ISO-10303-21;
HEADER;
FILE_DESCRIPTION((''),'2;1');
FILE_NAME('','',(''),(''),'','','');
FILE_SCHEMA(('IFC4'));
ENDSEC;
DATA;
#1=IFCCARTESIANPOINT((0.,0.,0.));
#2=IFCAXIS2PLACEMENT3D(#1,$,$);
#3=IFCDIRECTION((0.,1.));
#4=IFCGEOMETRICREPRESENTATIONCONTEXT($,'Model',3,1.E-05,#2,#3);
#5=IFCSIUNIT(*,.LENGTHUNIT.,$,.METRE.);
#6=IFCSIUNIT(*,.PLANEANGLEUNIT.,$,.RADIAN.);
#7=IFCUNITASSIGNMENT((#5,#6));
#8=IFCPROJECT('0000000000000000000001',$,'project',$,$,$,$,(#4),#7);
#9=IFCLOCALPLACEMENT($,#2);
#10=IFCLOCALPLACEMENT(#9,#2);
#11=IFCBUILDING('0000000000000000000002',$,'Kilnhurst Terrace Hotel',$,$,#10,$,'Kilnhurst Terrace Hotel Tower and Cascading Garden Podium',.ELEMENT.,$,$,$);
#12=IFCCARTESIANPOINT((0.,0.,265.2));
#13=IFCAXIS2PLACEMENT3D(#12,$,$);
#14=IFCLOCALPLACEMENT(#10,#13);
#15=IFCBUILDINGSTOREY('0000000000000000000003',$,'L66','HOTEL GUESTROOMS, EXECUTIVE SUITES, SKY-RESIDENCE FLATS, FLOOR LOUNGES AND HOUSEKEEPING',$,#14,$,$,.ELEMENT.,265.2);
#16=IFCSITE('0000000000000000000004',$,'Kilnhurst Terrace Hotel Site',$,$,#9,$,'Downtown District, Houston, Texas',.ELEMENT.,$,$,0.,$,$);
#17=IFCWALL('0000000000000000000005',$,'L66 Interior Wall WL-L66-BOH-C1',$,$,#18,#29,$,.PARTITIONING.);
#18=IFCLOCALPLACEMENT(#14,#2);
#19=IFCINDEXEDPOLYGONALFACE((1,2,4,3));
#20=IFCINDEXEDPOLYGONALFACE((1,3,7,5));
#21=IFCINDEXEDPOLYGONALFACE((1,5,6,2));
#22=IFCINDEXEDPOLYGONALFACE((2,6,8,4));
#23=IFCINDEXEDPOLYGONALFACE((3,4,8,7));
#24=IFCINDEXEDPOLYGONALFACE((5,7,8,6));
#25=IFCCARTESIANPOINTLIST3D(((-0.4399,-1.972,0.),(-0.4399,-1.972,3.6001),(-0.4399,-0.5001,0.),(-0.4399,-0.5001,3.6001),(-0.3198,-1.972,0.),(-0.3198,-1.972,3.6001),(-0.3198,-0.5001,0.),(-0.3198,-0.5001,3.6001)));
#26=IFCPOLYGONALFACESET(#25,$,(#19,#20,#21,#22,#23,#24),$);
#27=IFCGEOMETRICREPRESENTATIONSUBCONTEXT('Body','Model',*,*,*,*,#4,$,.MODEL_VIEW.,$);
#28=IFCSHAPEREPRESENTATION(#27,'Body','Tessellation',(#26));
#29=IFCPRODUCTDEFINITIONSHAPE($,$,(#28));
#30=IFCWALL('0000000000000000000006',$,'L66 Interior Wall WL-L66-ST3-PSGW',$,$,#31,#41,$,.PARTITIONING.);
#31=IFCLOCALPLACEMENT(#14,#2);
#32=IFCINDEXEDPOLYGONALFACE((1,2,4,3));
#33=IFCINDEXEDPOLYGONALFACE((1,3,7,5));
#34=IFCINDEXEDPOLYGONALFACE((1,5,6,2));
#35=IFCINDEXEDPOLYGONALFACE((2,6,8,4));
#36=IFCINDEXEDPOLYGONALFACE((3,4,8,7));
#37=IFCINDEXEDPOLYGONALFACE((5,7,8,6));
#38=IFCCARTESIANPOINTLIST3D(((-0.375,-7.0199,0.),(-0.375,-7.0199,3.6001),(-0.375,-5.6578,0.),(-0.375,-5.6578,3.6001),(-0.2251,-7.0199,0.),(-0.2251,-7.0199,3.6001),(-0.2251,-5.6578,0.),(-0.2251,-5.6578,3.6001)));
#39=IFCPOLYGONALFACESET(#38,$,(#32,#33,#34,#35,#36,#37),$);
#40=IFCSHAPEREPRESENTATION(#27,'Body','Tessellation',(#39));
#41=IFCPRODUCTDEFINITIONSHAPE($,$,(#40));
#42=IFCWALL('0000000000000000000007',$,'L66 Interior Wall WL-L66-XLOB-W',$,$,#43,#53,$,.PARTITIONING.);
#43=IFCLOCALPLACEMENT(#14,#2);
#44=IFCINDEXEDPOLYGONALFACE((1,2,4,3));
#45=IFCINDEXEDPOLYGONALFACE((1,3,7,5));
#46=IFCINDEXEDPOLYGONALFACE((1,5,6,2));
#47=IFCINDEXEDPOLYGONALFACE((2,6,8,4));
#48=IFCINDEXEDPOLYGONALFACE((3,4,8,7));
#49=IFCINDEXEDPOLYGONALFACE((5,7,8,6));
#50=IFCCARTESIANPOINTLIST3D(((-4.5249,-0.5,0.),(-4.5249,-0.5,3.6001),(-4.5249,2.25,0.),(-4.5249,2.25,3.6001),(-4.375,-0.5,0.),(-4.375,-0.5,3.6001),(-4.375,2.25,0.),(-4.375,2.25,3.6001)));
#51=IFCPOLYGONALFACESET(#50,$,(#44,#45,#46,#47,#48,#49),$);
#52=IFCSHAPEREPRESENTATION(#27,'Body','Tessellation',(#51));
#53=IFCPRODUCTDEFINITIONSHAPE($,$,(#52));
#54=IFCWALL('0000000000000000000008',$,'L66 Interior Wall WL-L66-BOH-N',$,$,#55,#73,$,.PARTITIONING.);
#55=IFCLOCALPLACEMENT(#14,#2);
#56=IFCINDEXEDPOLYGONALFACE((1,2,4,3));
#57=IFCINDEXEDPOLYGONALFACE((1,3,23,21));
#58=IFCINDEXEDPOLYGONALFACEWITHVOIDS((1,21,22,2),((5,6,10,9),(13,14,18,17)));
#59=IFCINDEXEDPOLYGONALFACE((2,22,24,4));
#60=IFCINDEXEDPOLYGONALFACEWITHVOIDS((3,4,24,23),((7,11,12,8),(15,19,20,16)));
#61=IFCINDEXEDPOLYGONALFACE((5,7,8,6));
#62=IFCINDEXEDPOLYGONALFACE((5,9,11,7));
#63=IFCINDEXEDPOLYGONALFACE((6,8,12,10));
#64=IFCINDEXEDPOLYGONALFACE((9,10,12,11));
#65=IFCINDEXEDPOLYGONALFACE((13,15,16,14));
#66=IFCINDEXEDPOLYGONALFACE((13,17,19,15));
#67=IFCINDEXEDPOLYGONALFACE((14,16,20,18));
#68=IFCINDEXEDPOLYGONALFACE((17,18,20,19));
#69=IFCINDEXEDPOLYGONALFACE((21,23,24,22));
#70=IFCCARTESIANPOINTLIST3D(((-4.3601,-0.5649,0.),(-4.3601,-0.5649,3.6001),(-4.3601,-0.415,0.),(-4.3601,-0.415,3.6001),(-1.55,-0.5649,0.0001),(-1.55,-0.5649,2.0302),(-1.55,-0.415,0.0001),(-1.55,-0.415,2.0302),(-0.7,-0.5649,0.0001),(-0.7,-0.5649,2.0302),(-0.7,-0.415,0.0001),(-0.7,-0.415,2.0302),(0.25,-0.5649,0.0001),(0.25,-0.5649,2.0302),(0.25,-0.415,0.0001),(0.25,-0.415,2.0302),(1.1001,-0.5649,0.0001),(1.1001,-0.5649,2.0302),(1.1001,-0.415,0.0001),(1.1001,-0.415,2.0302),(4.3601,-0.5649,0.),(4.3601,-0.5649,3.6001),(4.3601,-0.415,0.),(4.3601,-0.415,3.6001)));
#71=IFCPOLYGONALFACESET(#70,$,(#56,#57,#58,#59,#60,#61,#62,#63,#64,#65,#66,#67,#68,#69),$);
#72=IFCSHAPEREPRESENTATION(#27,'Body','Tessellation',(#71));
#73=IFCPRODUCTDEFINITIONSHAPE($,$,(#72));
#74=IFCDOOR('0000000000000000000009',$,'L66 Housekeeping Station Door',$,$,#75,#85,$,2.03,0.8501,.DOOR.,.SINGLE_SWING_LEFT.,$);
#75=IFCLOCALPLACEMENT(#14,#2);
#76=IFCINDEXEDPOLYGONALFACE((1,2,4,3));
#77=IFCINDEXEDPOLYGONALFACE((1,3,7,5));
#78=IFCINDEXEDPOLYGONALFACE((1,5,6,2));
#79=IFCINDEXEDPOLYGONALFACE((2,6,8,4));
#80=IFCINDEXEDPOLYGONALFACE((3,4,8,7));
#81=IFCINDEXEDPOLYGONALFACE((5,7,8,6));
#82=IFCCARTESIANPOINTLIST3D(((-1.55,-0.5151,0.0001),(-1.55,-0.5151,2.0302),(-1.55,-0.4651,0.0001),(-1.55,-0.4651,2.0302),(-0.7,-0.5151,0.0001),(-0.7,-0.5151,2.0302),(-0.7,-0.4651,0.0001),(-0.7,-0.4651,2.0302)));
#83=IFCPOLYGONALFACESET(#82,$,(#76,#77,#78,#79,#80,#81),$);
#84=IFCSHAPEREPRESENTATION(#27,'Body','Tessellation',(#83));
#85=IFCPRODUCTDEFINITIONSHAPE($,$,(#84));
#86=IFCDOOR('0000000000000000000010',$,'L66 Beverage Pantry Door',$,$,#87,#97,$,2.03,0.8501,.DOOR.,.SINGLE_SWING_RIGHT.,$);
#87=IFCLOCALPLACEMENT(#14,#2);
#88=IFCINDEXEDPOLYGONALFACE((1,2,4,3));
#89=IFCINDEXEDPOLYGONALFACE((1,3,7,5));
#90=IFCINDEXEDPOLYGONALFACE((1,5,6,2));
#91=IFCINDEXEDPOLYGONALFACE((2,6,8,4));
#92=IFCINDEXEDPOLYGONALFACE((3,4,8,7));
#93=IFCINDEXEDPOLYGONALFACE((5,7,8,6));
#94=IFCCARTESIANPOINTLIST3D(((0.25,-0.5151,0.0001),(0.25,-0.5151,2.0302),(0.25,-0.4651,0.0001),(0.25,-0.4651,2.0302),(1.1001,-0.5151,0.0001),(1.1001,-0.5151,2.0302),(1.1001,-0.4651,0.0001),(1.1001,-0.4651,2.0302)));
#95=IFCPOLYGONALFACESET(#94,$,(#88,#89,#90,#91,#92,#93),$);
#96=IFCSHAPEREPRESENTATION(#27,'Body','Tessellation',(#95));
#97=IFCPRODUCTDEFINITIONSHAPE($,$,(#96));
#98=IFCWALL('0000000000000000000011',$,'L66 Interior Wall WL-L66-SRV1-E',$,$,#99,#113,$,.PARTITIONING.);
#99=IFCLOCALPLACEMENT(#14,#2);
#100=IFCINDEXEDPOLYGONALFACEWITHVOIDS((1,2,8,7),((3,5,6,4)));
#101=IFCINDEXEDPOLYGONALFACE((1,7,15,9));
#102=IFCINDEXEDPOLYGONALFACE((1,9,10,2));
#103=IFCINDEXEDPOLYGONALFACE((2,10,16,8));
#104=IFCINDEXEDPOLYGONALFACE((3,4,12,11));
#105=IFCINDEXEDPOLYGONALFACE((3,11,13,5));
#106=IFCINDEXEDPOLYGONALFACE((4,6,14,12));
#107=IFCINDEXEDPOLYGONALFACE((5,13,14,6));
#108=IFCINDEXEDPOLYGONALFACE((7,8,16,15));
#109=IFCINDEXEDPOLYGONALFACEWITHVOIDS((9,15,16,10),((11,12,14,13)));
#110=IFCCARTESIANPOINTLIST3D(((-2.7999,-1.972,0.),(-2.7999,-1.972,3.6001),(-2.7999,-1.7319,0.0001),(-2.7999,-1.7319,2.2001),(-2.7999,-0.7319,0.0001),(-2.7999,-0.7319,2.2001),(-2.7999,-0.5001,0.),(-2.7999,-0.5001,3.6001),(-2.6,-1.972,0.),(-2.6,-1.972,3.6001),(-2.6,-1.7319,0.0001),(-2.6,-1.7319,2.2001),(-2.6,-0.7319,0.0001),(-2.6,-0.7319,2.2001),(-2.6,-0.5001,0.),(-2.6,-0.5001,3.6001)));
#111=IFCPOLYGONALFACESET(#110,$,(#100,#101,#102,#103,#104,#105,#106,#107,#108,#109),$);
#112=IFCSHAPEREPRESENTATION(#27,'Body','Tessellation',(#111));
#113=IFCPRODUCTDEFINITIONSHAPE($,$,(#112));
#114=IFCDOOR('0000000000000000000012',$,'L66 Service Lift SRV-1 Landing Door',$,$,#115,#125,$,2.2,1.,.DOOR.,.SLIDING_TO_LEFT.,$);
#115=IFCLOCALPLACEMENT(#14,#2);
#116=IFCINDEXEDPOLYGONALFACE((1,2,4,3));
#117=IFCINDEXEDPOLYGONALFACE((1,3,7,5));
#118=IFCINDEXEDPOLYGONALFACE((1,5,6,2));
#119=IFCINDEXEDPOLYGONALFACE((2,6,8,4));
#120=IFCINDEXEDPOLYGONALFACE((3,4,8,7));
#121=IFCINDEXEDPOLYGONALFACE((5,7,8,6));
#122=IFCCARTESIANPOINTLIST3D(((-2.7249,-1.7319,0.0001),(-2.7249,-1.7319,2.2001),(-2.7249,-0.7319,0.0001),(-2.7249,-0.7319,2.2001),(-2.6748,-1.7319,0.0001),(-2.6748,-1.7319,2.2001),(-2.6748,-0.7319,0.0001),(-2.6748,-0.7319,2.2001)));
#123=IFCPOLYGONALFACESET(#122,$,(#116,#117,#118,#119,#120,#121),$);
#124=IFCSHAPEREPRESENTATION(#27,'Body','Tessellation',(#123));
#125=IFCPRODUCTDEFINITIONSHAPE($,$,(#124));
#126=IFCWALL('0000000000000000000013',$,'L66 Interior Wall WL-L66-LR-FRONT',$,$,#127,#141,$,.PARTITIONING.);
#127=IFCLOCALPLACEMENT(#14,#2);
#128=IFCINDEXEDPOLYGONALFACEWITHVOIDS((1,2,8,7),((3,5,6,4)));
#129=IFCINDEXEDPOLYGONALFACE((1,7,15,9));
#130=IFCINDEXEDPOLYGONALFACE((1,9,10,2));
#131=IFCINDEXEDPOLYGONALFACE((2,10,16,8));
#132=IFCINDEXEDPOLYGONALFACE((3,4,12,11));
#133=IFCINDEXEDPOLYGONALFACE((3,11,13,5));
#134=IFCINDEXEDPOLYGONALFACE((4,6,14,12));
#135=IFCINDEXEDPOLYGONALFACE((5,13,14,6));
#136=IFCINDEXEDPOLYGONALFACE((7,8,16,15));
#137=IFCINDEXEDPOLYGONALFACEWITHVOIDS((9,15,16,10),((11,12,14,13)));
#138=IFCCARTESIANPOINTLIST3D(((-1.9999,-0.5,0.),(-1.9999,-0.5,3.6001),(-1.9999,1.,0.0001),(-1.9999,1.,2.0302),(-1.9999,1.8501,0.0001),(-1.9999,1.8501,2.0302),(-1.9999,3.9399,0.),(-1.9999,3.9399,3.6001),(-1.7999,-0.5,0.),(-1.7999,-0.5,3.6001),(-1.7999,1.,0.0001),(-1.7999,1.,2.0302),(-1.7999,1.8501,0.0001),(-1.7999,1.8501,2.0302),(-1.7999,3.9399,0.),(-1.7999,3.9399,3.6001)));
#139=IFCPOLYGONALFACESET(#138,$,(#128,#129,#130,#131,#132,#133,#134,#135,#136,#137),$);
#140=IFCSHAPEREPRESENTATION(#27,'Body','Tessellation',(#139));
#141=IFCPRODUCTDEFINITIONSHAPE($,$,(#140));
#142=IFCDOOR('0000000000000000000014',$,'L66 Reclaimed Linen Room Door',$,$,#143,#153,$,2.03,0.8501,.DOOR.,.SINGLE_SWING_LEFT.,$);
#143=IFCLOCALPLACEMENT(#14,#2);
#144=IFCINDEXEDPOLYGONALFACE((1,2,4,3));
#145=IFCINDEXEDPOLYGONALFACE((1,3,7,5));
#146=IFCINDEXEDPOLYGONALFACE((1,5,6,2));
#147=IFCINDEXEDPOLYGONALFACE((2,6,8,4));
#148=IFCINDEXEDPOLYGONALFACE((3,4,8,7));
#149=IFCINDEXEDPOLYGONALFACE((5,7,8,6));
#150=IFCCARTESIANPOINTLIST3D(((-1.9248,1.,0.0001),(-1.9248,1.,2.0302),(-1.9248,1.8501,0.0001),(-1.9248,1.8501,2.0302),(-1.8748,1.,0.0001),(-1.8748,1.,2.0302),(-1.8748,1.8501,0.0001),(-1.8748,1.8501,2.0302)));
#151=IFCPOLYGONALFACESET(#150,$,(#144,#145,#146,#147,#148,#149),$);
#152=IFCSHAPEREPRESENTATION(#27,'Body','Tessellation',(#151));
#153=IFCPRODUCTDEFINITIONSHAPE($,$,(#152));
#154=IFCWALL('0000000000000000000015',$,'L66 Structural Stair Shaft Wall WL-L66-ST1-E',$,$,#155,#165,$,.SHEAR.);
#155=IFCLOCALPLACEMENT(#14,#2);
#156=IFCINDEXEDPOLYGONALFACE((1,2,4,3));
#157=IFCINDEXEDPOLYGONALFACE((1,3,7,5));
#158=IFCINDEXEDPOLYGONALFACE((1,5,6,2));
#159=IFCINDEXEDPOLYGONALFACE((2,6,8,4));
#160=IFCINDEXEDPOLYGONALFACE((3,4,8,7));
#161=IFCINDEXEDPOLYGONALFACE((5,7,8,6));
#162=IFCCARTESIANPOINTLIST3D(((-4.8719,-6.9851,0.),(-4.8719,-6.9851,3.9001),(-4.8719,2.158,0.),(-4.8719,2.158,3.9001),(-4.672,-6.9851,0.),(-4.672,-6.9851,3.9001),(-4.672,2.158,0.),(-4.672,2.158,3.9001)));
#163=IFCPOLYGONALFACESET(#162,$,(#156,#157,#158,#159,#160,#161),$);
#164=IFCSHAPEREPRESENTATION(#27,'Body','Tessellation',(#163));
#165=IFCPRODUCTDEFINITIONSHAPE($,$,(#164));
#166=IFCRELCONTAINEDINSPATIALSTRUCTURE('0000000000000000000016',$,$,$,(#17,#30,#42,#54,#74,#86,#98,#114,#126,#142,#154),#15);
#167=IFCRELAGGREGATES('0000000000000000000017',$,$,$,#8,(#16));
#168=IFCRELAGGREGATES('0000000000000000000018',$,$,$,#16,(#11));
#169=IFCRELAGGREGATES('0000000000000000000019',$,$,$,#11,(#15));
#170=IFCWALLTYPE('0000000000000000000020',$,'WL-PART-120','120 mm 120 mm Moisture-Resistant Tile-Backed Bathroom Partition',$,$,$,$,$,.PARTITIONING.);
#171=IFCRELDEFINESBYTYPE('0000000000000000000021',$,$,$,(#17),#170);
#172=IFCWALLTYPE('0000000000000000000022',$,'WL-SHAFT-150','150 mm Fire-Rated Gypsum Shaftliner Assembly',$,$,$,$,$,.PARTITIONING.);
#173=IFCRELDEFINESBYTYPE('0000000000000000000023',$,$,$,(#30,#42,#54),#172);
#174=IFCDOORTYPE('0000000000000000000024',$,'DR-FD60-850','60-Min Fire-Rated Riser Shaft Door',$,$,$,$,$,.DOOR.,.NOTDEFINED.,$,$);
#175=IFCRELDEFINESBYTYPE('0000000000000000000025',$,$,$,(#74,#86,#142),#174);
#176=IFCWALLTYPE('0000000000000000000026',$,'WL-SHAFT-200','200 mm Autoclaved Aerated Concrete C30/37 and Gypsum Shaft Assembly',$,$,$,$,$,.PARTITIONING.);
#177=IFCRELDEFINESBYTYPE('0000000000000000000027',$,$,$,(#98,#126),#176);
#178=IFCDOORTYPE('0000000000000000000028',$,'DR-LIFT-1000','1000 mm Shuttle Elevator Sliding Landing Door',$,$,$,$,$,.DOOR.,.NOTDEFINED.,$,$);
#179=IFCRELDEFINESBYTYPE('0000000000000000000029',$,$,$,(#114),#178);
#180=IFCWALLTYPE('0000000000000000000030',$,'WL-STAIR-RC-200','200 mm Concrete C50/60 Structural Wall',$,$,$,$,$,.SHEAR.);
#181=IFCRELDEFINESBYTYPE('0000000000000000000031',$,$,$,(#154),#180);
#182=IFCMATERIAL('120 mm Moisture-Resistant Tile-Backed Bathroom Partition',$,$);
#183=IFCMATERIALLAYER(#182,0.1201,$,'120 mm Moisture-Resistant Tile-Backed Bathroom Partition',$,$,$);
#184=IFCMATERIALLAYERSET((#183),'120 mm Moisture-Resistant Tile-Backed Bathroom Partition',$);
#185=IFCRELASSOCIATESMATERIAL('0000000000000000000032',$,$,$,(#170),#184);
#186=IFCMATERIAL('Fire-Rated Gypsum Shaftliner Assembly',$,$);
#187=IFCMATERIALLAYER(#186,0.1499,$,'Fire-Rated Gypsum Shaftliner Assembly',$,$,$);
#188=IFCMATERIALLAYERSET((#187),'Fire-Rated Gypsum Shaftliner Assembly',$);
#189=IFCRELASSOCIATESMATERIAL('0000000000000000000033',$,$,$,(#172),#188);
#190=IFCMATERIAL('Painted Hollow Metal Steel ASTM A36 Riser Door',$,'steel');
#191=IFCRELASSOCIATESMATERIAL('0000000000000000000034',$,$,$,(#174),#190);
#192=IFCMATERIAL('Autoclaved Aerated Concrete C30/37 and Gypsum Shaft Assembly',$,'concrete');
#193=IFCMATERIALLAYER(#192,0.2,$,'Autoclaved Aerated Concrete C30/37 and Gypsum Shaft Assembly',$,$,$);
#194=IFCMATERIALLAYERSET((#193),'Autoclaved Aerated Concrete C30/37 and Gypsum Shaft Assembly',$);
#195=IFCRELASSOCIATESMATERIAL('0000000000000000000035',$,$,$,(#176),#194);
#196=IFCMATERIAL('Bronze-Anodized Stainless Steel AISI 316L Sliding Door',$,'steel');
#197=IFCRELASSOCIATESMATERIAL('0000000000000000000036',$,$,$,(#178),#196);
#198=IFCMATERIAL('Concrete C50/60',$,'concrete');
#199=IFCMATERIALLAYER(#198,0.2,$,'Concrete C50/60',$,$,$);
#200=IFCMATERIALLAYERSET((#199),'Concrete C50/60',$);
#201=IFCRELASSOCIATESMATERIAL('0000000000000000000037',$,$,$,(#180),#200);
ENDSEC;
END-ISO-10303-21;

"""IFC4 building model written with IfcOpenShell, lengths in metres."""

from ifc_helpers import new_model, si_unit, direction, frame, frame_2d, origin, place, context, subcontext, project, spatial, rectangle, extrude, material, layer, layer_set, type_object, element, fill, save


model = new_model("IFC4")

# Units and contexts
model_context = context("Model", 3, precision=1e-05, world=origin(), true_north=direction((0.0, 1.0)))
body_context = subcontext(model_context, "Body", "Model", "MODEL_VIEW")
ifc_project = project(units=[si_unit("LENGTHUNIT", "METRE"), si_unit("PLANEANGLEUNIT", "RADIAN")], contexts=[model_context])

# Site, building, storey
site_placement = place(None, origin())
site = spatial("IfcSite", under=ifc_project, at=site_placement, Name="Kilnhurst Terrace Hotel Site", LongName="Downtown District, Houston, Texas", CompositionType="ELEMENT", RefElevation=0.0)
building_placement = place(site_placement, origin())
building = spatial("IfcBuilding", under=site, at=building_placement, Name="Kilnhurst Terrace Hotel", LongName="Kilnhurst Terrace Hotel Tower and Cascading Garden Podium", CompositionType="ELEMENT")
storey_placement = place(building_placement, frame((0.0, 0.0, 265.2)))
storey = spatial("IfcBuildingStorey", under=building, at=storey_placement, Name="L66", Description="HOTEL GUESTROOMS, EXECUTIVE SUITES, SKY-RESIDENCE FLATS, FLOOR LOUNGES AND HOUSEKEEPING", CompositionType="ELEMENT", Elevation=265.2)

# Walls
ifc_material_1 = material(Name="120 mm Moisture-Resistant Tile-Backed Bathroom Partition")
ifc_layer_1 = layer(ifc_material_1, 0.1201, Name="120 mm Moisture-Resistant Tile-Backed Bathroom Partition")
ifc_layer_set_1 = layer_set([ifc_layer_1], Name="120 mm Moisture-Resistant Tile-Backed Bathroom Partition")
wall_type_1 = type_object("IfcWallType", Name="WL-PART-120", Description="120 mm 120 mm Moisture-Resistant Tile-Backed Bathroom Partition", PredefinedType="PARTITIONING", material=ifc_layer_set_1)
wall_1_placement = place(storey_placement, frame((-0.3799, -1.9719, 0.0), z_axis=(0.0, 0.0, 1.0), x_axis=(0.0, 1.0, 0.0)))
element("IfcWall", 1, at=wall_1_placement, inside=storey, type_object=wall_type_1, Name="L66 Interior Wall WL-L66-BOH-C1", PredefinedType="PARTITIONING", context=body_context, shape_type="SweptSolid", body=[
    extrude(rectangle(XDim=1.4719, YDim=0.1201, at=frame_2d((0.7358, 0.0))), origin(), (0.0, 0.0, 1.0), 3.6001),
])
ifc_material_2 = material(Name="Fire-Rated Gypsum Shaftliner Assembly")
ifc_layer_2 = layer(ifc_material_2, 0.1499, Name="Fire-Rated Gypsum Shaftliner Assembly")
ifc_layer_set_2 = layer_set([ifc_layer_2], Name="Fire-Rated Gypsum Shaftliner Assembly")
wall_type_2 = type_object("IfcWallType", Name="WL-SHAFT-150", Description="150 mm Fire-Rated Gypsum Shaftliner Assembly", PredefinedType="PARTITIONING", material=ifc_layer_set_2)
wall_2_placement = place(storey_placement, frame((-0.3, -7.02, 0.0), z_axis=(0.0, 0.0, 1.0), x_axis=(0.0, 1.0, 0.0)))
element("IfcWall", 2, at=wall_2_placement, inside=storey, type_object=wall_type_2, Name="L66 Interior Wall WL-L66-ST3-PSGW", PredefinedType="PARTITIONING", context=body_context, shape_type="SweptSolid", body=[
    extrude(rectangle(XDim=1.3621, YDim=0.1499, at=frame_2d((0.6812, 0.0))), origin(), (0.0, 0.0, 1.0), 3.6001),
])
wall_3_placement = place(storey_placement, frame((-4.45, -0.5, 0.0), z_axis=(0.0, 0.0, 1.0), x_axis=(0.0, 1.0, 0.0)))
element("IfcWall", 3, at=wall_3_placement, inside=storey, type_object=wall_type_2, Name="L66 Interior Wall WL-L66-XLOB-W", PredefinedType="PARTITIONING", context=body_context, shape_type="SweptSolid", body=[
    extrude(rectangle(XDim=2.75, YDim=0.1499, at=frame_2d((1.375, 0.0))), origin(), (0.0, 0.0, 1.0), 3.6001),
])

# Wall, openings, doors
wall_4_placement = place(storey_placement, frame((-4.3601, -0.49, 0.0), z_axis=(0.0, 0.0, 1.0), x_axis=(1.0, 0.0, 0.0)))
wall_4 = element("IfcWall", 4, at=wall_4_placement, inside=storey, type_object=wall_type_2, Name="L66 Interior Wall WL-L66-BOH-N", PredefinedType="PARTITIONING", context=body_context, shape_type="SweptSolid", body=[
    extrude(rectangle(XDim=8.7202, YDim=0.1499, at=frame_2d((4.3601, 0.0))), origin(), (0.0, 0.0, 1.0), 3.6001),
])
opening_1_placement = place(wall_4_placement, frame((2.8101, 0.0, 0.0)))
opening_1 = element("IfcOpeningElement", 5, at=opening_1_placement, cuts=wall_4, PredefinedType="OPENING", context=body_context, shape_type="SweptSolid", body=[
    extrude(rectangle(XDim=0.8501, YDim=2.03, at=frame_2d((0.425, 1.0151))), frame((0.0, 0.085, 0.0), z_axis=(0.0, -1.0, 0.0), x_axis=(1.0, 0.0, 0.0)), (0.0, 0.0, 1.0), 0.1699),
])
opening_2_placement = place(wall_4_placement, frame((4.6101, 0.0, 0.0)))
opening_2 = element("IfcOpeningElement", 6, at=opening_2_placement, cuts=wall_4, PredefinedType="OPENING", context=body_context, shape_type="SweptSolid", body=[
    extrude(rectangle(XDim=0.8501, YDim=2.03, at=frame_2d((0.425, 1.0151))), frame((0.0, 0.085, 0.0), z_axis=(0.0, -1.0, 0.0), x_axis=(1.0, 0.0, 0.0)), (0.0, 0.0, 1.0), 0.1699),
])
ifc_material_3 = material(Name="Painted Hollow Metal Steel ASTM A36 Riser Door", Category="steel")
door_type_1 = type_object("IfcDoorType", Name="DR-FD60-850", Description="60-Min Fire-Rated Riser Shaft Door", OperationType="NOTDEFINED", PredefinedType="DOOR", material=ifc_material_3)
door_1_placement = place(opening_1_placement, origin())
door_1 = element("IfcDoor", 7, at=door_1_placement, inside=storey, type_object=door_type_1, Name="L66 Housekeeping Station Door", OperationType="SINGLE_SWING_LEFT", OverallHeight=2.03, OverallWidth=0.8501, PredefinedType="DOOR", context=body_context, shape_type="SweptSolid", body=[
    extrude(rectangle(XDim=0.8501, YDim=2.03, at=frame_2d((0.425, 1.0151))), frame((0.0, 0.0249, 0.0), z_axis=(0.0, -1.0, 0.0), x_axis=(1.0, 0.0, 0.0)), (0.0, 0.0, 1.0), 0.05),
])
fill(opening_1, door_1)
door_2_placement = place(opening_2_placement, origin())
door_2 = element("IfcDoor", 8, at=door_2_placement, inside=storey, type_object=door_type_1, Name="L66 Beverage Pantry Door", OperationType="SINGLE_SWING_RIGHT", OverallHeight=2.03, OverallWidth=0.8501, PredefinedType="DOOR", context=body_context, shape_type="SweptSolid", body=[
    extrude(rectangle(XDim=0.8501, YDim=2.03, at=frame_2d((0.425, 1.0151))), frame((0.0, 0.0249, 0.0), z_axis=(0.0, -1.0, 0.0), x_axis=(1.0, 0.0, 0.0)), (0.0, 0.0, 1.0), 0.05),
])
fill(opening_2, door_2)

# Walls, openings, doors
ifc_material_4 = material(Name="Autoclaved Aerated Concrete C30/37 and Gypsum Shaft Assembly", Category="concrete")
ifc_layer_3 = layer(ifc_material_4, 0.2, Name="Autoclaved Aerated Concrete C30/37 and Gypsum Shaft Assembly")
ifc_layer_set_3 = layer_set([ifc_layer_3], Name="Autoclaved Aerated Concrete C30/37 and Gypsum Shaft Assembly")
wall_type_3 = type_object("IfcWallType", Name="WL-SHAFT-200", Description="200 mm Autoclaved Aerated Concrete C30/37 and Gypsum Shaft Assembly", PredefinedType="PARTITIONING", material=ifc_layer_set_3)
wall_5_placement = place(storey_placement, frame((-2.7, -1.9719, 0.0), z_axis=(0.0, 0.0, 1.0), x_axis=(0.0, 1.0, 0.0)))
wall_5 = element("IfcWall", 9, at=wall_5_placement, inside=storey, type_object=wall_type_3, Name="L66 Interior Wall WL-L66-SRV1-E", PredefinedType="PARTITIONING", context=body_context, shape_type="SweptSolid", body=[
    extrude(rectangle(XDim=1.4719, YDim=0.2, at=frame_2d((0.7358, 0.0))), origin(), (0.0, 0.0, 1.0), 3.6001),
])
opening_3_placement = place(wall_5_placement, frame((0.24, 0.0, 0.0)))
opening_3 = element("IfcOpeningElement", 10, at=opening_3_placement, cuts=wall_5, PredefinedType="OPENING", context=body_context, shape_type="SweptSolid", body=[
    extrude(rectangle(XDim=1.0, YDim=2.2, at=frame_2d((0.5, 1.1001))), frame((0.0, 0.1099, 0.0), z_axis=(0.0, -1.0, 0.0), x_axis=(1.0, 0.0, 0.0)), (0.0, 0.0, 1.0), 0.22),
])
ifc_material_5 = material(Name="Bronze-Anodized Stainless Steel AISI 316L Sliding Door", Category="steel")
door_type_2 = type_object("IfcDoorType", Name="DR-LIFT-1000", Description="1000 mm Shuttle Elevator Sliding Landing Door", OperationType="NOTDEFINED", PredefinedType="DOOR", material=ifc_material_5)
door_3_placement = place(opening_3_placement, origin())
door_3 = element("IfcDoor", 11, at=door_3_placement, inside=storey, type_object=door_type_2, Name="L66 Service Lift SRV-1 Landing Door", OperationType="SLIDING_TO_LEFT", OverallHeight=2.2, OverallWidth=1.0, PredefinedType="DOOR", context=body_context, shape_type="SweptSolid", body=[
    extrude(rectangle(XDim=1.0, YDim=2.2, at=frame_2d((0.5, 1.1001))), frame((0.0, 0.0249, 0.0), z_axis=(0.0, -1.0, 0.0), x_axis=(1.0, 0.0, 0.0)), (0.0, 0.0, 1.0), 0.05),
])
fill(opening_3, door_3)
wall_6_placement = place(storey_placement, frame((-1.8999, -0.5, 0.0), z_axis=(0.0, 0.0, 1.0), x_axis=(0.0, 1.0, 0.0)))
wall_6 = element("IfcWall", 12, at=wall_6_placement, inside=storey, type_object=wall_type_3, Name="L66 Interior Wall WL-L66-LR-FRONT", PredefinedType="PARTITIONING", context=body_context, shape_type="SweptSolid", body=[
    extrude(rectangle(XDim=4.4399, YDim=0.2, at=frame_2d((2.22, 0.0))), origin(), (0.0, 0.0, 1.0), 3.6001),
])
opening_4_placement = place(wall_6_placement, frame((1.5, 0.0, 0.0)))
opening_4 = element("IfcOpeningElement", 13, at=opening_4_placement, cuts=wall_6, PredefinedType="OPENING", context=body_context, shape_type="SweptSolid", body=[
    extrude(rectangle(XDim=0.8501, YDim=2.03, at=frame_2d((0.425, 1.0151))), frame((0.0, 0.1099, 0.0), z_axis=(0.0, -1.0, 0.0), x_axis=(1.0, 0.0, 0.0)), (0.0, 0.0, 1.0), 0.22),
])
door_4_placement = place(opening_4_placement, origin())
door_4 = element("IfcDoor", 14, at=door_4_placement, inside=storey, type_object=door_type_1, Name="L66 Reclaimed Linen Room Door", OperationType="SINGLE_SWING_LEFT", OverallHeight=2.03, OverallWidth=0.8501, PredefinedType="DOOR", context=body_context, shape_type="SweptSolid", body=[
    extrude(rectangle(XDim=0.8501, YDim=2.03, at=frame_2d((0.425, 1.0151))), frame((0.0, 0.0249, 0.0), z_axis=(0.0, -1.0, 0.0), x_axis=(1.0, 0.0, 0.0)), (0.0, 0.0, 1.0), 0.05),
])
fill(opening_4, door_4)

# Wall
ifc_material_6 = material(Name="Concrete C50/60", Category="concrete")
ifc_layer_4 = layer(ifc_material_6, 0.2, Name="Concrete C50/60")
ifc_layer_set_4 = layer_set([ifc_layer_4], Name="Concrete C50/60")
wall_type_4 = type_object("IfcWallType", Name="WL-STAIR-RC-200", Description="200 mm Concrete C50/60 Structural Wall", PredefinedType="SHEAR", material=ifc_layer_set_4)
wall_7_placement = place(storey_placement, frame((-4.772, -6.9851, 0.0), z_axis=(0.0, 0.0, 1.0), x_axis=(0.0, 1.0, 0.0)))
element("IfcWall", 15, at=wall_7_placement, inside=storey, type_object=wall_type_4, Name="L66 Structural Stair Shaft Wall WL-L66-ST1-E", PredefinedType="SHEAR", context=body_context, shape_type="SweptSolid", body=[
    extrude(rectangle(XDim=9.1431, YDim=0.2, at=frame_2d((4.5715, 0.0))), origin(), (0.0, 0.0, 1.0), 3.9001),
])

save(model, "model.ifc")
